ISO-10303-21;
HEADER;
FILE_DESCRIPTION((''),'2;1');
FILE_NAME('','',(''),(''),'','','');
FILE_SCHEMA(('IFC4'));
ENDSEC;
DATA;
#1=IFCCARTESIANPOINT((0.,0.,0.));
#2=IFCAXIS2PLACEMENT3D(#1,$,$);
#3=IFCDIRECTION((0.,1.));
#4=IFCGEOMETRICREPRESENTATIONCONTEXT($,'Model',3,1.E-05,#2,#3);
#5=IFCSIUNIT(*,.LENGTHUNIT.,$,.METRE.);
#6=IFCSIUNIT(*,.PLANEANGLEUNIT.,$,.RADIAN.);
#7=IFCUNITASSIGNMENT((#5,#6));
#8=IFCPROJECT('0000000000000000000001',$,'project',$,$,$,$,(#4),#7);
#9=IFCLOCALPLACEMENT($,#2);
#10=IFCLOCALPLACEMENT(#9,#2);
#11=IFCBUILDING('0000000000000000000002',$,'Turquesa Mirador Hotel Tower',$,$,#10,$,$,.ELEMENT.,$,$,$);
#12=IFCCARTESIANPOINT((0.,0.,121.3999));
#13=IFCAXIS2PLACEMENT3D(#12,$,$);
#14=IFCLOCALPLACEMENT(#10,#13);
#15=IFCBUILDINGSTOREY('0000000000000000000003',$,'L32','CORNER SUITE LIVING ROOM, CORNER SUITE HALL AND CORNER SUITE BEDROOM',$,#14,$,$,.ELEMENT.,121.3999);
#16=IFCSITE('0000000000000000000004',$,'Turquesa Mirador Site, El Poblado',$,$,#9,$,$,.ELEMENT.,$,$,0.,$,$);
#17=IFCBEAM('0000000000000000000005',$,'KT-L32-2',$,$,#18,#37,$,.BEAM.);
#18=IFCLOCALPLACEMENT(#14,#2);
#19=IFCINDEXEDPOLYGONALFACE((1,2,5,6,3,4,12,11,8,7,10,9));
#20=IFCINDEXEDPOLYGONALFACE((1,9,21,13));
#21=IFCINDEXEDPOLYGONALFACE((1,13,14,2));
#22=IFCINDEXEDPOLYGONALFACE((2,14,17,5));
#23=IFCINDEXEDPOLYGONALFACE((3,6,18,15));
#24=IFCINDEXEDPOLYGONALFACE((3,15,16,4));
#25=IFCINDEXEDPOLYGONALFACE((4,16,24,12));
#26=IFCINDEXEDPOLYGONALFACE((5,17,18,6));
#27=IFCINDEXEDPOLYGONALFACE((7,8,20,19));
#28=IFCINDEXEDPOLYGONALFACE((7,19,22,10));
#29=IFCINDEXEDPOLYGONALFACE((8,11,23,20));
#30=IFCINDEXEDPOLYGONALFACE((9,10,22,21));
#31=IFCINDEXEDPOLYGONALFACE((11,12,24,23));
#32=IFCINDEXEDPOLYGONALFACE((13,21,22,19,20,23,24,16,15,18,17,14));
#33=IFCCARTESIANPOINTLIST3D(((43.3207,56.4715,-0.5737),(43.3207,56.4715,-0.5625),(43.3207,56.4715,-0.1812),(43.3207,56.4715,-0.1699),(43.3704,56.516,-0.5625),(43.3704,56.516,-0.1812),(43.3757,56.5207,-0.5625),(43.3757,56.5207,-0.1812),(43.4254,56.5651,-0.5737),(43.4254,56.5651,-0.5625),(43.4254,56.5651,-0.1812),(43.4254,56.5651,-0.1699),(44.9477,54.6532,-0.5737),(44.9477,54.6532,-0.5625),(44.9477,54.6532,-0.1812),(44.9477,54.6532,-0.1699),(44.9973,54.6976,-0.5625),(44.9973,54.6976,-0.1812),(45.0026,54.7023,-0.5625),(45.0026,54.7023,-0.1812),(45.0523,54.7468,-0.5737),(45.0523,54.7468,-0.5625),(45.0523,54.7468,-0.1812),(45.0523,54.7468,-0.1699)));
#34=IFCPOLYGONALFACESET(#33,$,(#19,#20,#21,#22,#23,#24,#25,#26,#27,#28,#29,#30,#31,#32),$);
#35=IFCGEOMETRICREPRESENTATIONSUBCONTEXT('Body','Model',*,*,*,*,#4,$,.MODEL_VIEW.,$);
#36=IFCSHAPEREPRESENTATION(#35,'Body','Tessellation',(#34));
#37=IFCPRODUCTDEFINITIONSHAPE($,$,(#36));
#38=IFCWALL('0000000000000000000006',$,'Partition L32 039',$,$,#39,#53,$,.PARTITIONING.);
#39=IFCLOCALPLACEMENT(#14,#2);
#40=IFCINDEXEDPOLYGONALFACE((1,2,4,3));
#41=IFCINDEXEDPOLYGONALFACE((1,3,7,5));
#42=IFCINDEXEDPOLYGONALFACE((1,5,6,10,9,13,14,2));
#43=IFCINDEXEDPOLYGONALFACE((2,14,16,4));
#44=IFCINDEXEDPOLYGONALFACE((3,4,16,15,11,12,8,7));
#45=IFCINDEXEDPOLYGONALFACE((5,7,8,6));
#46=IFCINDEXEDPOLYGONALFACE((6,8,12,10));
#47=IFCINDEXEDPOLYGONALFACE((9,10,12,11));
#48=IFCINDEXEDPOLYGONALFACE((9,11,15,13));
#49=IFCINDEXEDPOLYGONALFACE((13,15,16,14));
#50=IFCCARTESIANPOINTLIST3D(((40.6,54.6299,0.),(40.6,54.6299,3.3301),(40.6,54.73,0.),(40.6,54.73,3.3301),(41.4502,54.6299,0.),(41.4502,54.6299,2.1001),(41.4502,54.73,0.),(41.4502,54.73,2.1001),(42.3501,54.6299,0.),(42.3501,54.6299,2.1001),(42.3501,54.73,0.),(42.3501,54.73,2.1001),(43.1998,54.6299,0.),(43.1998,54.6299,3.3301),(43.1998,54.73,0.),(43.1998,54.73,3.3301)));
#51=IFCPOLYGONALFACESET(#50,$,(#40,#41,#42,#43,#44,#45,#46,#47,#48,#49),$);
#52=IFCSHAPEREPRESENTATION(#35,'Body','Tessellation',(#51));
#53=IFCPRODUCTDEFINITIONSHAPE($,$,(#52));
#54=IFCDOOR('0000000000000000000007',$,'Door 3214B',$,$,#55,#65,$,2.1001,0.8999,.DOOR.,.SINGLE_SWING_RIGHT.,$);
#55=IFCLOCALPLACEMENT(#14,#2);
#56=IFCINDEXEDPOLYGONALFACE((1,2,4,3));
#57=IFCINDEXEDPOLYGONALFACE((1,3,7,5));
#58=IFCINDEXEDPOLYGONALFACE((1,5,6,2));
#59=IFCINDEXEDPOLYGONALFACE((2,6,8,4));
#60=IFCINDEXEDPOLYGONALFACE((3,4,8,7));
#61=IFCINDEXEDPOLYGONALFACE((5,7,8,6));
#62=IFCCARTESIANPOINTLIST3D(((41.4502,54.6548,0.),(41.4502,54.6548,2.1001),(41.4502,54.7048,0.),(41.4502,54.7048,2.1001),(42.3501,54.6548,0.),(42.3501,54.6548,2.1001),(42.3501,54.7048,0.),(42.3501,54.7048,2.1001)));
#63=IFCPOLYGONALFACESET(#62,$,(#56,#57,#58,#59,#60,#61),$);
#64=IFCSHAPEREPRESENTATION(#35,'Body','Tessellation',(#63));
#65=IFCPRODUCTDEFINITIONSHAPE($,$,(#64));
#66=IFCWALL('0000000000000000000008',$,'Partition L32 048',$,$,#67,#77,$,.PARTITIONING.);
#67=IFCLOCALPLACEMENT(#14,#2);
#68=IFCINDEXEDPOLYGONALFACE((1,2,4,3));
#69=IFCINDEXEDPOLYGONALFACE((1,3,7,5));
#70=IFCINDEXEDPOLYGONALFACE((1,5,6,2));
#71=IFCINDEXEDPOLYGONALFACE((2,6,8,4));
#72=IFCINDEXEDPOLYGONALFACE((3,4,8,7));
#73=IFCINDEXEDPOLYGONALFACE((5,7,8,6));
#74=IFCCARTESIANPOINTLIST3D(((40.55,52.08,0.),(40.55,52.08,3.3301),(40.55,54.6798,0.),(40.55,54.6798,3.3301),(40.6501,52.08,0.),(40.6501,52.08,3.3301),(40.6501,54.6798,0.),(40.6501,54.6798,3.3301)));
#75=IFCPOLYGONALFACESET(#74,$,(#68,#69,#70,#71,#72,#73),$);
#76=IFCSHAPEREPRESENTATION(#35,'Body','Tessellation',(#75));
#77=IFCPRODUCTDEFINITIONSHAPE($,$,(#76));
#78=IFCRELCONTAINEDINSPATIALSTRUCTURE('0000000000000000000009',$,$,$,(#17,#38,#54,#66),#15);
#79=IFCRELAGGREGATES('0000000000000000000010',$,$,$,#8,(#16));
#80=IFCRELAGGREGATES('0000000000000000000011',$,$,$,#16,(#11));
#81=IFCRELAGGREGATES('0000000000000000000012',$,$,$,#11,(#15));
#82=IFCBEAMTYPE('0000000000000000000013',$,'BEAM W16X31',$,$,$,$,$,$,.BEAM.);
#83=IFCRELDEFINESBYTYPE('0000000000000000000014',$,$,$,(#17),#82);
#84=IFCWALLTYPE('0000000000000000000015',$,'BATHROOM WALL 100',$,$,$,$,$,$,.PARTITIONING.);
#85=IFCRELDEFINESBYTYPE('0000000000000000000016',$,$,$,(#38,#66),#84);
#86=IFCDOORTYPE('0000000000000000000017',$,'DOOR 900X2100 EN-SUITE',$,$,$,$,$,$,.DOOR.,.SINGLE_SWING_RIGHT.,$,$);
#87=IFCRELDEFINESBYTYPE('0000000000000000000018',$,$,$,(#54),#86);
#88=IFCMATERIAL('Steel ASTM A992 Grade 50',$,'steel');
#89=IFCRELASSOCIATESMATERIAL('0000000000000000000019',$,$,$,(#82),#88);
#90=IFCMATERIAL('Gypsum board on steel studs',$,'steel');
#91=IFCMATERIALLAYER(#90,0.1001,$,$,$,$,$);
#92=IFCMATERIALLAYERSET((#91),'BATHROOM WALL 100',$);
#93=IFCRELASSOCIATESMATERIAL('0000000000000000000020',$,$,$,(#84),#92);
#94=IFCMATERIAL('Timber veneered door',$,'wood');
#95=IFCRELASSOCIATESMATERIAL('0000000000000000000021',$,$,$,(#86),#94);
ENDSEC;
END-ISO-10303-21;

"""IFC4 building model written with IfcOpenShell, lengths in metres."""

from ifc_helpers import new_model, si_unit, direction, frame, frame_2d, origin, origin_2d, place, context, subcontext, project, spatial, rectangle, i_section, extrude, material, layer, layer_set, material_profile, profile_set, type_object, element, fill, save


model = new_model("IFC4")

# Units and contexts
model_context = context("Model", 3, precision=1e-05, world=origin(), true_north=direction((0.0, 1.0)))
body_context = subcontext(model_context, "Body", "Model", "MODEL_VIEW")
ifc_project = project(units=[si_unit("LENGTHUNIT", "METRE"), si_unit("PLANEANGLEUNIT", "RADIAN")], contexts=[model_context])

# Site, building, storey
site_placement = place(None, origin())
site = spatial("IfcSite", under=ifc_project, at=site_placement, Name="Turquesa Mirador Site, El Poblado", CompositionType="ELEMENT", RefElevation=0.0)
building_placement = place(site_placement, origin())
building = spatial("IfcBuilding", under=site, at=building_placement, Name="Turquesa Mirador Hotel Tower", CompositionType="ELEMENT")
storey_placement = place(building_placement, frame((0.0, 0.0, 121.3999)))
storey = spatial("IfcBuildingStorey", under=building, at=storey_placement, Name="L32", Description="CORNER SUITE LIVING ROOM, CORNER SUITE HALL AND CORNER SUITE BEDROOM", CompositionType="ELEMENT", Elevation=121.3999)

# Beam
ifc_material_1 = material(Name="Steel ASTM A992 Grade 50", Category="steel")
ifc_material_profile = material_profile(ifc_material_1, i_section(OverallWidth=0.1404, OverallDepth=0.4038, WebThickness=0.0071, FlangeThickness=0.0112, at=origin_2d()), Name="W16X31")
ifc_profile_set = profile_set([ifc_material_profile], Name="Steel ASTM A992 Grade 50")
beam_type = type_object("IfcBeamType", Name="BEAM W16X31", PredefinedType="BEAM", material=ifc_profile_set)
beam_placement = place(storey_placement, frame((43.373, 56.5183, -0.3718), z_axis=(0.666795, -0.745241, 0.0), x_axis=(0.745241, 0.666795, 0.0)))
element("IfcBeam", 1, at=beam_placement, inside=storey, type_object=beam_type, Name="KT-L32-2", PredefinedType="BEAM", context=body_context, shape_type="SweptSolid", body=[
    extrude(i_section(OverallWidth=0.1404, OverallDepth=0.4038, WebThickness=0.0071, FlangeThickness=0.0112, at=origin_2d()), origin(), (0.0, 0.0, 1.0), 2.4399),
])

# Wall, opening, door
ifc_material_2 = material(Name="Gypsum board on steel studs", Category="steel")
ifc_layer_1 = layer(ifc_material_2, 0.1001)
ifc_layer_set_1 = layer_set([ifc_layer_1], Name="BATHROOM WALL 100")
wall_type_1 = type_object("IfcWallType", Name="BATHROOM WALL 100", PredefinedType="PARTITIONING", material=ifc_layer_set_1)
wall_1_placement = place(storey_placement, frame((40.6001, 54.6799, 0.0), z_axis=(0.0, 0.0, 1.0), x_axis=(1.0, 0.0, 0.0)))
wall_1 = element("IfcWall", 2, at=wall_1_placement, inside=storey, type_object=wall_type_1, Name="Partition L32 039", PredefinedType="PARTITIONING", context=body_context, shape_type="SweptSolid", body=[
    extrude(rectangle(XDim=2.5999, YDim=0.1001, at=frame_2d((1.2998, 0.0))), origin(), (0.0, 0.0, 1.0), 3.3301),
])
opening_1_placement = place(wall_1_placement, frame((0.8501, 0.0, 0.0)))
opening_1 = element("IfcOpeningElement", 3, at=opening_1_placement, cuts=wall_1, PredefinedType="OPENING", context=body_context, shape_type="SweptSolid", body=[
    extrude(rectangle(XDim=0.8999, YDim=2.1001, at=frame_2d((0.45, 1.05))), frame((0.0, 0.0601, 0.0), z_axis=(0.0, -1.0, 0.0), x_axis=(1.0, 0.0, 0.0)), (0.0, 0.0, 1.0), 0.1201),
])
ifc_material_3 = material(Name="Timber veneered door", Category="wood")
door_type_1 = type_object("IfcDoorType", Name="DOOR 900X2100 EN-SUITE", OperationType="SINGLE_SWING_RIGHT", PredefinedType="DOOR", material=ifc_material_3)
door_1_placement = place(opening_1_placement, origin())
door_1 = element("IfcDoor", 4, at=door_1_placement, inside=storey, type_object=door_type_1, Name="Door 3214B", OperationType="SINGLE_SWING_RIGHT", OverallHeight=2.1001, OverallWidth=0.8999, PredefinedType="DOOR", context=body_context, shape_type="SweptSolid", body=[
    extrude(rectangle(XDim=0.8999, YDim=2.1001, at=frame_2d((0.45, 1.05))), frame((0.0, 0.0249, 0.0), z_axis=(0.0, -1.0, 0.0), x_axis=(1.0, 0.0, 0.0)), (0.0, 0.0, 1.0), 0.05),
])
fill(opening_1, door_1)

# Wall
wall_2_placement = place(storey_placement, frame((40.6001, 52.0801, 0.0), z_axis=(0.0, 0.0, 1.0), x_axis=(0.0, 1.0, 0.0)))
element("IfcWall", 5, at=wall_2_placement, inside=storey, type_object=wall_type_1, Name="Partition L32 048", PredefinedType="PARTITIONING", context=body_context, shape_type="SweptSolid", body=[
    extrude(rectangle(XDim=2.5999, YDim=0.1001, at=frame_2d((1.2998, 0.0))), origin(), (0.0, 0.0, 1.0), 3.3301),
])

save(model, "model.ifc")
